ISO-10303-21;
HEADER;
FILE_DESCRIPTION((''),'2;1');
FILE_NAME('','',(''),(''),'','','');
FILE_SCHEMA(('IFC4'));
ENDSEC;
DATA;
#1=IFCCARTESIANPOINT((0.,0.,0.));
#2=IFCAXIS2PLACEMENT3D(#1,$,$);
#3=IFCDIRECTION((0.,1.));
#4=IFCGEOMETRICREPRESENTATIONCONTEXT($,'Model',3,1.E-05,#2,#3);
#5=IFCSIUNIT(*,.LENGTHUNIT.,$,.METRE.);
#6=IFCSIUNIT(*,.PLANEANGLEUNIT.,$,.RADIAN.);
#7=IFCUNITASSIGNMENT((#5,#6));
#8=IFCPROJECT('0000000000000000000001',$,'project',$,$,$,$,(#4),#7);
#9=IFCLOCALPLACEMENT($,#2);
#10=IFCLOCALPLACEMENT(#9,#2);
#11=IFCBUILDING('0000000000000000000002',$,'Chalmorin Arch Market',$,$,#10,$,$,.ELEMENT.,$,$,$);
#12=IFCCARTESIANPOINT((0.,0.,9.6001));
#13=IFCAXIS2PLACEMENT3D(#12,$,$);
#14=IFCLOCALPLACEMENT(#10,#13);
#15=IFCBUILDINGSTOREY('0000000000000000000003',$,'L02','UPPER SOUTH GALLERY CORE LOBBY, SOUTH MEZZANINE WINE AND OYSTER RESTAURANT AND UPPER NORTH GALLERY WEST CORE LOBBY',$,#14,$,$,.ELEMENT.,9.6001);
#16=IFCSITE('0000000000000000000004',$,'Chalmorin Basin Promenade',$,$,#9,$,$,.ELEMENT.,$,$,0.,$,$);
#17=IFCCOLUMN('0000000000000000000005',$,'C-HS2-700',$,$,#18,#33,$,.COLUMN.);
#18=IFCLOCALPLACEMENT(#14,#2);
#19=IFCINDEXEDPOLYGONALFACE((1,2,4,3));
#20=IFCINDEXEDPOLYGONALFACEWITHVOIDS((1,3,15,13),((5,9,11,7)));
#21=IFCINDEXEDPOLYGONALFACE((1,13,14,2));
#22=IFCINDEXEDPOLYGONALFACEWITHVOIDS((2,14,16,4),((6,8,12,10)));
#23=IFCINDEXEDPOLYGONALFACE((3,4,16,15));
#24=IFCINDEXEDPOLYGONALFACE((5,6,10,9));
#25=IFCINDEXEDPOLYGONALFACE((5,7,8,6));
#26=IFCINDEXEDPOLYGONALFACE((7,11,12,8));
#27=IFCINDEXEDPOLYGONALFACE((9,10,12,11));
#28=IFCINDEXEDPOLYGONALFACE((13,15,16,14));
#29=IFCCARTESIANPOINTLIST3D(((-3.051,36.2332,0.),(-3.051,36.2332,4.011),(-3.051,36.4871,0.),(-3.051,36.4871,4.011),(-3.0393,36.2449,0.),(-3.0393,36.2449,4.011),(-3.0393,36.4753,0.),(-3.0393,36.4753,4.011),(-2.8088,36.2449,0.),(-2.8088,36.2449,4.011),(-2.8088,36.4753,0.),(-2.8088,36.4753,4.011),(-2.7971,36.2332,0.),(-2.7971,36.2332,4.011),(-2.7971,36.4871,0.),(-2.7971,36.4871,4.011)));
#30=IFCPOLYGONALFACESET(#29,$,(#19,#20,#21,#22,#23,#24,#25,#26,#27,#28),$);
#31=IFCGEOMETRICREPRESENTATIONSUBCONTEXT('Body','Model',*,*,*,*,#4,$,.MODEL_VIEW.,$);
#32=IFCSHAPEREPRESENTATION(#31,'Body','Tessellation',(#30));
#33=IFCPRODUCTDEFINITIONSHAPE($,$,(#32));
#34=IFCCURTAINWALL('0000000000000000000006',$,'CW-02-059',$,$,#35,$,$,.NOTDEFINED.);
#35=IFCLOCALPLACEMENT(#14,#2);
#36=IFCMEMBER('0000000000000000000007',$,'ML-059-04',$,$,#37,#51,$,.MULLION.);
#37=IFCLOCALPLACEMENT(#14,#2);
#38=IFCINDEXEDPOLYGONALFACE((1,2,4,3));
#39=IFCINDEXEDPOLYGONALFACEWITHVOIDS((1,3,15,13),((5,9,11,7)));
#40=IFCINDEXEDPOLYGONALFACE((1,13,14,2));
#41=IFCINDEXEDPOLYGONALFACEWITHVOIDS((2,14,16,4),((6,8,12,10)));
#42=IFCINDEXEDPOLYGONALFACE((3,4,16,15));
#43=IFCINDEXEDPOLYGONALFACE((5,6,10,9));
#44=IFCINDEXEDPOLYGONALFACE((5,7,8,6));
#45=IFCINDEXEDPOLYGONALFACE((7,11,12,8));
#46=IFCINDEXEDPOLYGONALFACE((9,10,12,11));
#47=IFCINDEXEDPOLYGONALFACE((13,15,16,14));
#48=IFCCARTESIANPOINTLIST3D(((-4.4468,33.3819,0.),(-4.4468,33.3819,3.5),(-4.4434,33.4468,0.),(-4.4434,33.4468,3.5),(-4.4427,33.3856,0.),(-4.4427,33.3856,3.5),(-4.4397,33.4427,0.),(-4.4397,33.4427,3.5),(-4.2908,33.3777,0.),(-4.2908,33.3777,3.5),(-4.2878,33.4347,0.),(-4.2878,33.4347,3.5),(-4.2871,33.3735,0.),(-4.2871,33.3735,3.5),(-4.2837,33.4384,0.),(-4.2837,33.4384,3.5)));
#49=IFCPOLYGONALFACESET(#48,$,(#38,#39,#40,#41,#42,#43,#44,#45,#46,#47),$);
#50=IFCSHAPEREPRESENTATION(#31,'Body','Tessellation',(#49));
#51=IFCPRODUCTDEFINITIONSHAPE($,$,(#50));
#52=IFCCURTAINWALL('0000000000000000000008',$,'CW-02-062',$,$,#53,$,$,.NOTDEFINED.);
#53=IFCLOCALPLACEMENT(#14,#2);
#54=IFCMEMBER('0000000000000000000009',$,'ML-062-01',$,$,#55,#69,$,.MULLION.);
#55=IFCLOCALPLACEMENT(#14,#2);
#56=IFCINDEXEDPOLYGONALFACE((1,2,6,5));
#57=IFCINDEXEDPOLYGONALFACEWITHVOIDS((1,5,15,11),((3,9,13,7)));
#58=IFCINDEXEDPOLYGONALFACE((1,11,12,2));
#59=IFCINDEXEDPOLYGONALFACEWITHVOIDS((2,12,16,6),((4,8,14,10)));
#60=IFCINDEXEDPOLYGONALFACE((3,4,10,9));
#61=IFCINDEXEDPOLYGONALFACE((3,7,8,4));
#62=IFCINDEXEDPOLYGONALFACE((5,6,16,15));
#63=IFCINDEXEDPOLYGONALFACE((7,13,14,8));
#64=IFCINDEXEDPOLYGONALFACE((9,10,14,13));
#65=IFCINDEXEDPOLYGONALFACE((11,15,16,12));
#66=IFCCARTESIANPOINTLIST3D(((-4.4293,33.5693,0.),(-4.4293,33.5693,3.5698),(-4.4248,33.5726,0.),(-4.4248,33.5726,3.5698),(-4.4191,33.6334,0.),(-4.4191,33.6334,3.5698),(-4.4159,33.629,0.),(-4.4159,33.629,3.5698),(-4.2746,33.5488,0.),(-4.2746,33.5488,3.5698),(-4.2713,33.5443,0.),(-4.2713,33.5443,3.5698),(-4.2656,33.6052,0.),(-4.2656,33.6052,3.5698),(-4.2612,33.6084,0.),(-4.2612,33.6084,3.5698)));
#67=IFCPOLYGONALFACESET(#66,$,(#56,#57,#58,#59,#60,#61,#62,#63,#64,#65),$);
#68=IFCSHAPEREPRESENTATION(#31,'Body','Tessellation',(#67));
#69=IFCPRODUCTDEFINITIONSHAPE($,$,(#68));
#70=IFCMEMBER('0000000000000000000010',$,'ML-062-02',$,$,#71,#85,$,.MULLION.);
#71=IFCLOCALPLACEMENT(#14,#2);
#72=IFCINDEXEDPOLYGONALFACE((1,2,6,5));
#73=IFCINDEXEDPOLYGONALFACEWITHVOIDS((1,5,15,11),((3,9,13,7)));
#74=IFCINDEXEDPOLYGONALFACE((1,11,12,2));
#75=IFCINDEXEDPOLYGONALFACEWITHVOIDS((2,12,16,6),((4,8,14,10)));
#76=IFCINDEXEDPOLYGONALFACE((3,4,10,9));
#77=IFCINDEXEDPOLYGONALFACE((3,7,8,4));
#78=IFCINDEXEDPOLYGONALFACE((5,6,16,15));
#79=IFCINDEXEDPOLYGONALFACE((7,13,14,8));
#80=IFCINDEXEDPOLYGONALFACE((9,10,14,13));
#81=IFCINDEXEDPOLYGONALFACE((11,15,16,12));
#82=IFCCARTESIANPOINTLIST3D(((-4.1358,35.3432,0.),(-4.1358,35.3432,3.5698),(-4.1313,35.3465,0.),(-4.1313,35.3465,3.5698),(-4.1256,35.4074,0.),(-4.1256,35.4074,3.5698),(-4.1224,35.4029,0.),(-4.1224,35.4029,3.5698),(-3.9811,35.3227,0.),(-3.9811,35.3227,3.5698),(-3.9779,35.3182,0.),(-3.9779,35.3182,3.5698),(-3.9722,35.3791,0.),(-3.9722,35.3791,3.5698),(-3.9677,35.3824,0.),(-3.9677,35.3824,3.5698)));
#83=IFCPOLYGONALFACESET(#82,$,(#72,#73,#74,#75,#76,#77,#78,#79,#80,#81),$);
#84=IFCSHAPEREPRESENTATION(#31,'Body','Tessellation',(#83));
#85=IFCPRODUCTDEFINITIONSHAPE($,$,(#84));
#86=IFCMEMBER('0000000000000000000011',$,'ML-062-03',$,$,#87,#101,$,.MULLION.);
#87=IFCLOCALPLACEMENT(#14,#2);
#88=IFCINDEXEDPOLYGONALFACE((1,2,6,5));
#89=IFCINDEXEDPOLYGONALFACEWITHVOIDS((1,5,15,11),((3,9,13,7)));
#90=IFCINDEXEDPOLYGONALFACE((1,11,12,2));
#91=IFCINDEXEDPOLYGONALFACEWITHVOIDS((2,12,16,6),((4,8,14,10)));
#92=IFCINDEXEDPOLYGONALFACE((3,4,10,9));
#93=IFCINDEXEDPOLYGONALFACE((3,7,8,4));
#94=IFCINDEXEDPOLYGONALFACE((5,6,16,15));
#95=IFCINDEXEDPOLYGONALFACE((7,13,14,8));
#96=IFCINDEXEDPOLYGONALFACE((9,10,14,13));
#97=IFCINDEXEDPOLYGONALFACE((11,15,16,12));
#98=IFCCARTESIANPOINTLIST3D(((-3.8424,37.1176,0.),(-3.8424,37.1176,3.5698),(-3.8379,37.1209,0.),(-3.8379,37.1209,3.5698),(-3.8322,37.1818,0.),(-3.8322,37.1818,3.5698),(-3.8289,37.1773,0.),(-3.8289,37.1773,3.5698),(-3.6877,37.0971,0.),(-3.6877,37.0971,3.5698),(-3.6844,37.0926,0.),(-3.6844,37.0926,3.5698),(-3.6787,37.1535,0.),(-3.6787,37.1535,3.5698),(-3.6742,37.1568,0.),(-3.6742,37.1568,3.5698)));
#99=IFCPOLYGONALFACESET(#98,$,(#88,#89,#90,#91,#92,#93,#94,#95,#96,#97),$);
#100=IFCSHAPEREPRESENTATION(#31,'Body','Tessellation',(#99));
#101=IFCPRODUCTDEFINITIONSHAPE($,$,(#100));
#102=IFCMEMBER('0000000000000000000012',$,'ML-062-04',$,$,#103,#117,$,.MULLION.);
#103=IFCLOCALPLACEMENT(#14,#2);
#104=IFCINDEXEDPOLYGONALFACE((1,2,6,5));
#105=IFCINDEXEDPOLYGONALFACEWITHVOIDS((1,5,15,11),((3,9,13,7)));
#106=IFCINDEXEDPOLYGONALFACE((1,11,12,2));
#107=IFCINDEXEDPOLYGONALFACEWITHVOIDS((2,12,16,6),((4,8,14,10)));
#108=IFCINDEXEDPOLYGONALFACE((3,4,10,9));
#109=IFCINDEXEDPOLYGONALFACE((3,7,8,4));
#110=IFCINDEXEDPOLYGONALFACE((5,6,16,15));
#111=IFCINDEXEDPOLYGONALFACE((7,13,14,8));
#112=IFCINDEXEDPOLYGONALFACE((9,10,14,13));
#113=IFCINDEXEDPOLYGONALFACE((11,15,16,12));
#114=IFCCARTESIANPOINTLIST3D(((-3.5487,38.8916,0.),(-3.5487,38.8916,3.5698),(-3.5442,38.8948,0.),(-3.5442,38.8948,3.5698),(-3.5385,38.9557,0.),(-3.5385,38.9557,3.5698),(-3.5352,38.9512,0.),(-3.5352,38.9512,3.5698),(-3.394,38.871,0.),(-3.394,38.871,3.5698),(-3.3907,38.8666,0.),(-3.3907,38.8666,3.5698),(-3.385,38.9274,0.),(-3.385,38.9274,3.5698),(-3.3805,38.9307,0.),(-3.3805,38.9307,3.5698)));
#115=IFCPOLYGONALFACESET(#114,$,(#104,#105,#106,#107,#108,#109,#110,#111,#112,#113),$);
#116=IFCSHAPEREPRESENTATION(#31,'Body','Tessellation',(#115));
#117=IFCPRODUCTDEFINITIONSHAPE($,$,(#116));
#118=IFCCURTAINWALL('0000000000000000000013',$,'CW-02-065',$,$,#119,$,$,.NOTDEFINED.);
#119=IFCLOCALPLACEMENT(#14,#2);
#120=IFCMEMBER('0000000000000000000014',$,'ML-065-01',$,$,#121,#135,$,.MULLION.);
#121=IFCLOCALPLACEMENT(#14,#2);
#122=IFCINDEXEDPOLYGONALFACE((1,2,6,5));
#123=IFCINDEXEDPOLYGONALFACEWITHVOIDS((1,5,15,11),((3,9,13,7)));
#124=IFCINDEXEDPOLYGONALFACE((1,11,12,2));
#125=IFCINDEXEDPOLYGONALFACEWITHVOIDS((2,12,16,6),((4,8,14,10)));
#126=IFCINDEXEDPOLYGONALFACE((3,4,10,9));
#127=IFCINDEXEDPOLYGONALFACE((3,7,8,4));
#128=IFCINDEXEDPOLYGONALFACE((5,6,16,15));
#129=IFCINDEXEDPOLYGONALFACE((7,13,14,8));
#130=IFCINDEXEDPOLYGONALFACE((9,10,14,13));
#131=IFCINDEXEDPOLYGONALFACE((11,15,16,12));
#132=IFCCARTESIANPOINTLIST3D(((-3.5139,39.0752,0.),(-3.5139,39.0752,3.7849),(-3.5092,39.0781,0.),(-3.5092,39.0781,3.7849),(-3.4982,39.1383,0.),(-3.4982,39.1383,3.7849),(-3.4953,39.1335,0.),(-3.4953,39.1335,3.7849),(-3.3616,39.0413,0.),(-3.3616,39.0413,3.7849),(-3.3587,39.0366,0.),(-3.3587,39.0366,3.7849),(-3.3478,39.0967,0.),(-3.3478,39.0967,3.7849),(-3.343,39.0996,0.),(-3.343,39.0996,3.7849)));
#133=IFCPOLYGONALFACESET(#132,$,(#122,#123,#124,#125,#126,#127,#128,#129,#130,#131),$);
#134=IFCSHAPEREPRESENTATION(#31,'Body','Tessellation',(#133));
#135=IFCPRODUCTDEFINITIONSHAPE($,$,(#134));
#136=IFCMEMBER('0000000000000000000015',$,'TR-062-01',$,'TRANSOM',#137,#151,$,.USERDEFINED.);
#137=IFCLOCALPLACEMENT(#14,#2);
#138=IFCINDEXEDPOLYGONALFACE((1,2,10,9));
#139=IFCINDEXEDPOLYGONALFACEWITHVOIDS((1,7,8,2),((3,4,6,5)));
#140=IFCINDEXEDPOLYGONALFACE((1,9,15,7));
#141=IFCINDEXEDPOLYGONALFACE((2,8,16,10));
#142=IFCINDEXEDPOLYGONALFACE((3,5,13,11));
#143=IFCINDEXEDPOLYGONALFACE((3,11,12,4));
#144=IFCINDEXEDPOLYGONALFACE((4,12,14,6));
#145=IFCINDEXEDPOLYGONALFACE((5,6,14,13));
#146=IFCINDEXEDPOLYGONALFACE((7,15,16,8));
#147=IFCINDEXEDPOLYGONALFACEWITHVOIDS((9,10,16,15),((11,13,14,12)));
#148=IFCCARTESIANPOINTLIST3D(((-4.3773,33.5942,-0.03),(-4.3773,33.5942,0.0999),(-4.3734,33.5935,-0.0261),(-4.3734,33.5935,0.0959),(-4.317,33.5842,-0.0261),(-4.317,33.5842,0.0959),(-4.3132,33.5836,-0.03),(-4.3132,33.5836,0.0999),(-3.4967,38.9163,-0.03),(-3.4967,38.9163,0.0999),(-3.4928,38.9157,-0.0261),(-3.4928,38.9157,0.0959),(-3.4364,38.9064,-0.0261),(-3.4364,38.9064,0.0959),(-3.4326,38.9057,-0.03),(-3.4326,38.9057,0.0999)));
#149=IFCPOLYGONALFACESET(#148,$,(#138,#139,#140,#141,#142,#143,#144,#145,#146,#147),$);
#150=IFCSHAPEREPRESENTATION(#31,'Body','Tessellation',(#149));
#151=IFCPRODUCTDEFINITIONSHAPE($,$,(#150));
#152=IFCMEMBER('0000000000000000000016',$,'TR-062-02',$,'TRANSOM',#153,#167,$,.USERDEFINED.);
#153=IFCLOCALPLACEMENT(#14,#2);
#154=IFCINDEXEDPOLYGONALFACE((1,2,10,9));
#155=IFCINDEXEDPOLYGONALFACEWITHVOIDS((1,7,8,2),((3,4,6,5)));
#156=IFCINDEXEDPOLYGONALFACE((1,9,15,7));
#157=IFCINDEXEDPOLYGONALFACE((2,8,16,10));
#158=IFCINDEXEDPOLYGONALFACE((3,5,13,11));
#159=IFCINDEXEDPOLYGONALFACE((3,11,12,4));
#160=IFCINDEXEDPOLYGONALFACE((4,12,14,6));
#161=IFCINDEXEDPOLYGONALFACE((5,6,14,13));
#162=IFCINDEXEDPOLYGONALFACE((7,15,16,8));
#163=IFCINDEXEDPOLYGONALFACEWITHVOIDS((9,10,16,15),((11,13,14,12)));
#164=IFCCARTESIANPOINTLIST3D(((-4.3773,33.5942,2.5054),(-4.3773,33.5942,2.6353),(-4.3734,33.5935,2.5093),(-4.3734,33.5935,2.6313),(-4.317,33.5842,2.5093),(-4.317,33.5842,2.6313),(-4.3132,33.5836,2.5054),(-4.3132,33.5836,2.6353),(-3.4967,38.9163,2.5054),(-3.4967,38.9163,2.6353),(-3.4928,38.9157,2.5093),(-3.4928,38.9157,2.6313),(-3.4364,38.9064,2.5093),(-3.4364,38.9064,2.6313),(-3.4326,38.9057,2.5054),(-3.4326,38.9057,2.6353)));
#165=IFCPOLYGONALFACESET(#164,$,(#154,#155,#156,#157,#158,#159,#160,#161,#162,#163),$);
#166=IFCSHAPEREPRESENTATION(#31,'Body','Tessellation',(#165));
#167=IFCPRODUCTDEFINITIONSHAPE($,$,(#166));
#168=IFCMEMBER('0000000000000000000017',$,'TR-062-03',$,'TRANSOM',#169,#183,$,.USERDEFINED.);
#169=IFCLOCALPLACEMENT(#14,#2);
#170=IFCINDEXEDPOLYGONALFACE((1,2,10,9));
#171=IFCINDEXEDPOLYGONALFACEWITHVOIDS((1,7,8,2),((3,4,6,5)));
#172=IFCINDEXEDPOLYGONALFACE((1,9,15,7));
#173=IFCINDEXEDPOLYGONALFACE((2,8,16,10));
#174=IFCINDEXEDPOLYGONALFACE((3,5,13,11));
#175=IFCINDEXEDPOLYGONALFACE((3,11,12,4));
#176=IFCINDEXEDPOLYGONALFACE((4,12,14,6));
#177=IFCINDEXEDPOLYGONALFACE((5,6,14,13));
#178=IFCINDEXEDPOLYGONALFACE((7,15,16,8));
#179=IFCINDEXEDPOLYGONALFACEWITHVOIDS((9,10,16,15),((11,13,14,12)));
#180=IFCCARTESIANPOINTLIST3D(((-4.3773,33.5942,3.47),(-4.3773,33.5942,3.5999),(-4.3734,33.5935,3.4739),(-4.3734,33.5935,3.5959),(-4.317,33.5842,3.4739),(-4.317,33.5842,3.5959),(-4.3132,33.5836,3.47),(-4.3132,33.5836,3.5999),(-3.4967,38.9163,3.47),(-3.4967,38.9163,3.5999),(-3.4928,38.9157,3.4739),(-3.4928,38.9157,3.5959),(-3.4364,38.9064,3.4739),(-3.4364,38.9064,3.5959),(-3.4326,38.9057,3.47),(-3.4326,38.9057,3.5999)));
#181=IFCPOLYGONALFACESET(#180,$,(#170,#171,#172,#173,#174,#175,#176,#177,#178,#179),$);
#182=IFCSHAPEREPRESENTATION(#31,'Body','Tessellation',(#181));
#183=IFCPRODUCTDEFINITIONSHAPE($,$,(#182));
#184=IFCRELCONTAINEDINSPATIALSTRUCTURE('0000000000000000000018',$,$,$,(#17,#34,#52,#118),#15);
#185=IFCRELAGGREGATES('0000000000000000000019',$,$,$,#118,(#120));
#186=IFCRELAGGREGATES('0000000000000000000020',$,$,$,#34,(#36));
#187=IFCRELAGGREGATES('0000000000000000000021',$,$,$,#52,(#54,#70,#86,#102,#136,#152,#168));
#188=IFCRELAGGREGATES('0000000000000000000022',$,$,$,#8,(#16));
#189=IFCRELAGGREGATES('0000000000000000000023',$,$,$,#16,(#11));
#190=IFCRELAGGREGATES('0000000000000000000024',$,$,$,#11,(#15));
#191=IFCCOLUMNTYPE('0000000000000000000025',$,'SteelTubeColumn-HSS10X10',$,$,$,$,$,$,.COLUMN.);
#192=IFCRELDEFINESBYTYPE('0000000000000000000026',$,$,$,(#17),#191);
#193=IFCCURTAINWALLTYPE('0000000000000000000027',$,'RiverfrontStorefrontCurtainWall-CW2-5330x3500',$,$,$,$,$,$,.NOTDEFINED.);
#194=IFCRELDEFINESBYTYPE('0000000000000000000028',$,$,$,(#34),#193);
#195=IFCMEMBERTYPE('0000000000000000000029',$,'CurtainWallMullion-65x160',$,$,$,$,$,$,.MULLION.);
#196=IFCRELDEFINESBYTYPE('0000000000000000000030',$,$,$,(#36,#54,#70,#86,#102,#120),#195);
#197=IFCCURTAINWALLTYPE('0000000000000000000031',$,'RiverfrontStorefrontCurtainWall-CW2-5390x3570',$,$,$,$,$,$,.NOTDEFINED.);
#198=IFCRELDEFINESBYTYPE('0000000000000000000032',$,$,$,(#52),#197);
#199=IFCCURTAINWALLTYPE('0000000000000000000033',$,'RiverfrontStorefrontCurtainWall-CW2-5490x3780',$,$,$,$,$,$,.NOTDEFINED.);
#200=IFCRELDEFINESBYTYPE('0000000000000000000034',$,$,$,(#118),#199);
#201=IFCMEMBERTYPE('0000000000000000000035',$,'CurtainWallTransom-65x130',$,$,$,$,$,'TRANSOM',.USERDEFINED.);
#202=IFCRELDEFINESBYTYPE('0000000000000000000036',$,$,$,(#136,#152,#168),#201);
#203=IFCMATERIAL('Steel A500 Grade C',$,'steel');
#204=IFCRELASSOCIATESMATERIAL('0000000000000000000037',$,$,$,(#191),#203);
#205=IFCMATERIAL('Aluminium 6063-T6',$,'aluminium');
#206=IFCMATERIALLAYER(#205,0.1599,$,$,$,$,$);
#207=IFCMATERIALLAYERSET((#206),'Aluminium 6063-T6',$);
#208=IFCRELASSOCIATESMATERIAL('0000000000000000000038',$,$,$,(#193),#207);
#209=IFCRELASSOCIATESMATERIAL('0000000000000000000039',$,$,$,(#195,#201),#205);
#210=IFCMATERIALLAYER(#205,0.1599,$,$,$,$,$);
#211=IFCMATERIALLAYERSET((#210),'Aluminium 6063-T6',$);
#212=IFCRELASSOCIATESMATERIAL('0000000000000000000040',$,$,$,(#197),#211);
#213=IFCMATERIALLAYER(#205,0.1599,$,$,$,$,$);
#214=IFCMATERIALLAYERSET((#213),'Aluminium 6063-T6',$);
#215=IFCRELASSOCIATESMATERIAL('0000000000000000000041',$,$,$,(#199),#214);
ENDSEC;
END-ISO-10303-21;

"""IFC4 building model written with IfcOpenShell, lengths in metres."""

from ifc_helpers import new_model, si_unit, direction, frame, origin, origin_2d, place, context, subcontext, project, spatial, hollow_rectangle, extrude, material, layer, layer_set, material_profile, profile_set, type_object, element, aggregate, save


model = new_model("IFC4")

# Units and contexts
model_context = context("Model", 3, precision=1e-05, world=origin(), true_north=direction((0.0, 1.0)))
body_context = subcontext(model_context, "Body", "Model", "MODEL_VIEW")
ifc_project = project(units=[si_unit("LENGTHUNIT", "METRE"), si_unit("PLANEANGLEUNIT", "RADIAN")], contexts=[model_context])

# Site, building, storey
site_placement = place(None, origin())
site = spatial("IfcSite", under=ifc_project, at=site_placement, Name="Chalmorin Basin Promenade", CompositionType="ELEMENT", RefElevation=0.0)
building_placement = place(site_placement, origin())
building = spatial("IfcBuilding", under=site, at=building_placement, Name="Chalmorin Arch Market", CompositionType="ELEMENT")
storey_placement = place(building_placement, frame((0.0, 0.0, 9.6001)))
storey = spatial("IfcBuildingStorey", under=building, at=storey_placement, Name="L02", Description="UPPER SOUTH GALLERY CORE LOBBY, SOUTH MEZZANINE WINE AND OYSTER RESTAURANT AND UPPER NORTH GALLERY WEST CORE LOBBY", CompositionType="ELEMENT", Elevation=9.6001)

# Column
ifc_material_1 = material(Name="Steel A500 Grade C", Category="steel")
ifc_material_profile_1 = material_profile(ifc_material_1, hollow_rectangle(XDim=0.2539, YDim=0.2539, WallThickness=0.0117, at=origin_2d()), Name="HSS10X10X1/2")
ifc_profile_set_1 = profile_set([ifc_material_profile_1], Name="Steel A500 Grade C")
column_type = type_object("IfcColumnType", Name="SteelTubeColumn-HSS10X10", PredefinedType="COLUMN", material=ifc_profile_set_1)
column_placement = place(storey_placement, frame((-2.9241, 36.3601, 0.0), z_axis=(0.0, 0.0, 1.0), x_axis=(1.0, 0.0, 0.0)))
element("IfcColumn", 1, at=column_placement, inside=storey, type_object=column_type, Name="C-HS2-700", PredefinedType="COLUMN", context=body_context, shape_type="SweptSolid", body=[
    extrude(hollow_rectangle(XDim=0.2539, YDim=0.2539, WallThickness=0.0117, at=origin_2d()), origin(), (0.0, 0.0, 1.0), 4.011),
])

# Curtain wall, member
ifc_material_2 = material(Name="Aluminium 6063-T6", Category="aluminium")
ifc_layer_1 = layer(ifc_material_2, 0.1599)
ifc_layer_set_1 = layer_set([ifc_layer_1], Name="Aluminium 6063-T6")
curtain_wall_type_1 = type_object("IfcCurtainWallType", Name="RiverfrontStorefrontCurtainWall-CW2-5330x3500", PredefinedType="NOTDEFINED", material=ifc_layer_set_1)
curtain_wall_1_placement = place(storey_placement, origin())
curtain_wall_1 = element("IfcCurtainWall", 2, at=curtain_wall_1_placement, inside=storey, type_object=curtain_wall_type_1, Name="CW-02-059", PredefinedType="NOTDEFINED")
ifc_material_profile_2 = material_profile(ifc_material_2, hollow_rectangle(XDim=0.0649, YDim=0.1599, WallThickness=0.0039, at=origin_2d()), Name="ALU65X160X4")
ifc_profile_set_2 = profile_set([ifc_material_profile_2], Name="Aluminium 6063-T6")
member_type_1 = type_object("IfcMemberType", Name="CurtainWallMullion-65x160", PredefinedType="MULLION", material=ifc_profile_set_2)
member_1_placement = place(storey_placement, frame((-4.3652, 33.4102, 0.0), z_axis=(0.0, 0.0, 1.0), x_axis=(0.052336, 0.99863, 0.0)))
member_1 = element("IfcMember", 3, at=member_1_placement, type_object=member_type_1, Name="ML-059-04", PredefinedType="MULLION", context=body_context, shape_type="SweptSolid", body=[
    extrude(hollow_rectangle(XDim=0.0649, YDim=0.1599, WallThickness=0.0039, at=origin_2d()), origin(), (0.0, 0.0, 1.0), 3.5),
])

# Curtain wall, members
ifc_layer_2 = layer(ifc_material_2, 0.1599)
ifc_layer_set_2 = layer_set([ifc_layer_2], Name="Aluminium 6063-T6")
curtain_wall_type_2 = type_object("IfcCurtainWallType", Name="RiverfrontStorefrontCurtainWall-CW2-5390x3570", PredefinedType="NOTDEFINED", material=ifc_layer_set_2)
curtain_wall_2_placement = place(storey_placement, origin())
curtain_wall_2 = element("IfcCurtainWall", 4, at=curtain_wall_2_placement, inside=storey, type_object=curtain_wall_type_2, Name="CW-02-062", PredefinedType="NOTDEFINED")
member_2_placement = place(storey_placement, frame((-4.3452, 33.5889, 0.0), z_axis=(0.0, 0.0, 1.0), x_axis=(0.156434, 0.987688, 0.0)))
member_2 = element("IfcMember", 5, at=member_2_placement, type_object=member_type_1, Name="ML-062-01", PredefinedType="MULLION", context=body_context, shape_type="SweptSolid", body=[
    extrude(hollow_rectangle(XDim=0.0649, YDim=0.1599, WallThickness=0.0039, at=origin_2d()), origin(), (0.0, 0.0, 1.0), 3.5698),
])
member_3_placement = place(storey_placement, frame((-4.0518, 35.3628, 0.0), z_axis=(0.0, 0.0, 1.0), x_axis=(0.156434, 0.987688, 0.0)))
member_3 = element("IfcMember", 6, at=member_3_placement, type_object=member_type_1, Name="ML-062-02", PredefinedType="MULLION", context=body_context, shape_type="SweptSolid", body=[
    extrude(hollow_rectangle(XDim=0.0649, YDim=0.1599, WallThickness=0.0039, at=origin_2d()), origin(), (0.0, 0.0, 1.0), 3.5698),
])
member_4_placement = place(storey_placement, frame((-3.7583, 37.1372, 0.0), z_axis=(0.0, 0.0, 1.0), x_axis=(0.156434, 0.987688, 0.0)))
member_4 = element("IfcMember", 7, at=member_4_placement, type_object=member_type_1, Name="ML-062-03", PredefinedType="MULLION", context=body_context, shape_type="SweptSolid", body=[
    extrude(hollow_rectangle(XDim=0.0649, YDim=0.1599, WallThickness=0.0039, at=origin_2d()), origin(), (0.0, 0.0, 1.0), 3.5698),
])
member_5_placement = place(storey_placement, frame((-3.4646, 38.9111, 0.0), z_axis=(0.0, 0.0, 1.0), x_axis=(0.156434, 0.987688, 0.0)))
member_5 = element("IfcMember", 8, at=member_5_placement, type_object=member_type_1, Name="ML-062-04", PredefinedType="MULLION", context=body_context, shape_type="SweptSolid", body=[
    extrude(hollow_rectangle(XDim=0.0649, YDim=0.1599, WallThickness=0.0039, at=origin_2d()), origin(), (0.0, 0.0, 1.0), 3.5698),
])

# Curtain wall, member
ifc_layer_3 = layer(ifc_material_2, 0.1599)
ifc_layer_set_3 = layer_set([ifc_layer_3], Name="Aluminium 6063-T6")
curtain_wall_type_3 = type_object("IfcCurtainWallType", Name="RiverfrontStorefrontCurtainWall-CW2-5490x3780", PredefinedType="NOTDEFINED", material=ifc_layer_set_3)
curtain_wall_3_placement = place(storey_placement, origin())
curtain_wall_3 = element("IfcCurtainWall", 9, at=curtain_wall_3_placement, inside=storey, type_object=curtain_wall_type_3, Name="CW-02-065", PredefinedType="NOTDEFINED")
member_6_placement = place(storey_placement, frame((-3.4285, 39.0874, 0.0), z_axis=(0.0, 0.0, 1.0), x_axis=(0.241922, 0.970296, 0.0)))
member_6 = element("IfcMember", 10, at=member_6_placement, type_object=member_type_1, Name="ML-065-01", PredefinedType="MULLION", context=body_context, shape_type="SweptSolid", body=[
    extrude(hollow_rectangle(XDim=0.0649, YDim=0.1599, WallThickness=0.0039, at=origin_2d()), origin(), (0.0, 0.0, 1.0), 3.7849),
])

# Members
ifc_material_profile_3 = material_profile(ifc_material_2, hollow_rectangle(XDim=0.0649, YDim=0.1299, WallThickness=0.0039, at=origin_2d()), Name="ALU65X130X4")
ifc_profile_set_3 = profile_set([ifc_material_profile_3], Name="Aluminium 6063-T6")
member_type_2 = type_object("IfcMemberType", Name="CurtainWallTransom-65x130", ElementType="TRANSOM", PredefinedType="USERDEFINED", material=ifc_profile_set_3)
member_7_placement = place(storey_placement, frame((-4.3452, 33.5889, 0.0349), z_axis=(0.163239, 0.986586, 0.0), x_axis=(-0.986586, 0.163239, 0.0)))
member_7 = element("IfcMember", 11, at=member_7_placement, type_object=member_type_2, Name="TR-062-01", ObjectType="TRANSOM", PredefinedType="USERDEFINED", context=body_context, shape_type="SweptSolid", body=[
    extrude(hollow_rectangle(XDim=0.0649, YDim=0.1299, WallThickness=0.0039, at=origin_2d()), origin(), (0.0, 0.0, 1.0), 5.3945),
])
member_8_placement = place(storey_placement, frame((-4.3452, 33.5889, 2.5703), z_axis=(0.163239, 0.986586, 0.0), x_axis=(-0.986586, 0.163239, 0.0)))
member_8 = element("IfcMember", 12, at=member_8_placement, type_object=member_type_2, Name="TR-062-02", ObjectType="TRANSOM", PredefinedType="USERDEFINED", context=body_context, shape_type="SweptSolid", body=[
    extrude(hollow_rectangle(XDim=0.0649, YDim=0.1299, WallThickness=0.0039, at=origin_2d()), origin(), (0.0, 0.0, 1.0), 5.3945),
])
member_9_placement = place(storey_placement, frame((-4.3452, 33.5889, 3.5349), z_axis=(0.163239, 0.986586, 0.0), x_axis=(-0.986586, 0.163239, 0.0)))
member_9 = element("IfcMember", 13, at=member_9_placement, type_object=member_type_2, Name="TR-062-03", ObjectType="TRANSOM", PredefinedType="USERDEFINED", context=body_context, shape_type="SweptSolid", body=[
    extrude(hollow_rectangle(XDim=0.0649, YDim=0.1299, WallThickness=0.0039, at=origin_2d()), origin(), (0.0, 0.0, 1.0), 5.3945),
])
aggregate(curtain_wall_3, [member_6])

aggregate(curtain_wall_1, [member_1])
aggregate(curtain_wall_2, [member_2, member_3, member_4, member_5, member_7, member_8, member_9])

save(model, "model.ifc")
